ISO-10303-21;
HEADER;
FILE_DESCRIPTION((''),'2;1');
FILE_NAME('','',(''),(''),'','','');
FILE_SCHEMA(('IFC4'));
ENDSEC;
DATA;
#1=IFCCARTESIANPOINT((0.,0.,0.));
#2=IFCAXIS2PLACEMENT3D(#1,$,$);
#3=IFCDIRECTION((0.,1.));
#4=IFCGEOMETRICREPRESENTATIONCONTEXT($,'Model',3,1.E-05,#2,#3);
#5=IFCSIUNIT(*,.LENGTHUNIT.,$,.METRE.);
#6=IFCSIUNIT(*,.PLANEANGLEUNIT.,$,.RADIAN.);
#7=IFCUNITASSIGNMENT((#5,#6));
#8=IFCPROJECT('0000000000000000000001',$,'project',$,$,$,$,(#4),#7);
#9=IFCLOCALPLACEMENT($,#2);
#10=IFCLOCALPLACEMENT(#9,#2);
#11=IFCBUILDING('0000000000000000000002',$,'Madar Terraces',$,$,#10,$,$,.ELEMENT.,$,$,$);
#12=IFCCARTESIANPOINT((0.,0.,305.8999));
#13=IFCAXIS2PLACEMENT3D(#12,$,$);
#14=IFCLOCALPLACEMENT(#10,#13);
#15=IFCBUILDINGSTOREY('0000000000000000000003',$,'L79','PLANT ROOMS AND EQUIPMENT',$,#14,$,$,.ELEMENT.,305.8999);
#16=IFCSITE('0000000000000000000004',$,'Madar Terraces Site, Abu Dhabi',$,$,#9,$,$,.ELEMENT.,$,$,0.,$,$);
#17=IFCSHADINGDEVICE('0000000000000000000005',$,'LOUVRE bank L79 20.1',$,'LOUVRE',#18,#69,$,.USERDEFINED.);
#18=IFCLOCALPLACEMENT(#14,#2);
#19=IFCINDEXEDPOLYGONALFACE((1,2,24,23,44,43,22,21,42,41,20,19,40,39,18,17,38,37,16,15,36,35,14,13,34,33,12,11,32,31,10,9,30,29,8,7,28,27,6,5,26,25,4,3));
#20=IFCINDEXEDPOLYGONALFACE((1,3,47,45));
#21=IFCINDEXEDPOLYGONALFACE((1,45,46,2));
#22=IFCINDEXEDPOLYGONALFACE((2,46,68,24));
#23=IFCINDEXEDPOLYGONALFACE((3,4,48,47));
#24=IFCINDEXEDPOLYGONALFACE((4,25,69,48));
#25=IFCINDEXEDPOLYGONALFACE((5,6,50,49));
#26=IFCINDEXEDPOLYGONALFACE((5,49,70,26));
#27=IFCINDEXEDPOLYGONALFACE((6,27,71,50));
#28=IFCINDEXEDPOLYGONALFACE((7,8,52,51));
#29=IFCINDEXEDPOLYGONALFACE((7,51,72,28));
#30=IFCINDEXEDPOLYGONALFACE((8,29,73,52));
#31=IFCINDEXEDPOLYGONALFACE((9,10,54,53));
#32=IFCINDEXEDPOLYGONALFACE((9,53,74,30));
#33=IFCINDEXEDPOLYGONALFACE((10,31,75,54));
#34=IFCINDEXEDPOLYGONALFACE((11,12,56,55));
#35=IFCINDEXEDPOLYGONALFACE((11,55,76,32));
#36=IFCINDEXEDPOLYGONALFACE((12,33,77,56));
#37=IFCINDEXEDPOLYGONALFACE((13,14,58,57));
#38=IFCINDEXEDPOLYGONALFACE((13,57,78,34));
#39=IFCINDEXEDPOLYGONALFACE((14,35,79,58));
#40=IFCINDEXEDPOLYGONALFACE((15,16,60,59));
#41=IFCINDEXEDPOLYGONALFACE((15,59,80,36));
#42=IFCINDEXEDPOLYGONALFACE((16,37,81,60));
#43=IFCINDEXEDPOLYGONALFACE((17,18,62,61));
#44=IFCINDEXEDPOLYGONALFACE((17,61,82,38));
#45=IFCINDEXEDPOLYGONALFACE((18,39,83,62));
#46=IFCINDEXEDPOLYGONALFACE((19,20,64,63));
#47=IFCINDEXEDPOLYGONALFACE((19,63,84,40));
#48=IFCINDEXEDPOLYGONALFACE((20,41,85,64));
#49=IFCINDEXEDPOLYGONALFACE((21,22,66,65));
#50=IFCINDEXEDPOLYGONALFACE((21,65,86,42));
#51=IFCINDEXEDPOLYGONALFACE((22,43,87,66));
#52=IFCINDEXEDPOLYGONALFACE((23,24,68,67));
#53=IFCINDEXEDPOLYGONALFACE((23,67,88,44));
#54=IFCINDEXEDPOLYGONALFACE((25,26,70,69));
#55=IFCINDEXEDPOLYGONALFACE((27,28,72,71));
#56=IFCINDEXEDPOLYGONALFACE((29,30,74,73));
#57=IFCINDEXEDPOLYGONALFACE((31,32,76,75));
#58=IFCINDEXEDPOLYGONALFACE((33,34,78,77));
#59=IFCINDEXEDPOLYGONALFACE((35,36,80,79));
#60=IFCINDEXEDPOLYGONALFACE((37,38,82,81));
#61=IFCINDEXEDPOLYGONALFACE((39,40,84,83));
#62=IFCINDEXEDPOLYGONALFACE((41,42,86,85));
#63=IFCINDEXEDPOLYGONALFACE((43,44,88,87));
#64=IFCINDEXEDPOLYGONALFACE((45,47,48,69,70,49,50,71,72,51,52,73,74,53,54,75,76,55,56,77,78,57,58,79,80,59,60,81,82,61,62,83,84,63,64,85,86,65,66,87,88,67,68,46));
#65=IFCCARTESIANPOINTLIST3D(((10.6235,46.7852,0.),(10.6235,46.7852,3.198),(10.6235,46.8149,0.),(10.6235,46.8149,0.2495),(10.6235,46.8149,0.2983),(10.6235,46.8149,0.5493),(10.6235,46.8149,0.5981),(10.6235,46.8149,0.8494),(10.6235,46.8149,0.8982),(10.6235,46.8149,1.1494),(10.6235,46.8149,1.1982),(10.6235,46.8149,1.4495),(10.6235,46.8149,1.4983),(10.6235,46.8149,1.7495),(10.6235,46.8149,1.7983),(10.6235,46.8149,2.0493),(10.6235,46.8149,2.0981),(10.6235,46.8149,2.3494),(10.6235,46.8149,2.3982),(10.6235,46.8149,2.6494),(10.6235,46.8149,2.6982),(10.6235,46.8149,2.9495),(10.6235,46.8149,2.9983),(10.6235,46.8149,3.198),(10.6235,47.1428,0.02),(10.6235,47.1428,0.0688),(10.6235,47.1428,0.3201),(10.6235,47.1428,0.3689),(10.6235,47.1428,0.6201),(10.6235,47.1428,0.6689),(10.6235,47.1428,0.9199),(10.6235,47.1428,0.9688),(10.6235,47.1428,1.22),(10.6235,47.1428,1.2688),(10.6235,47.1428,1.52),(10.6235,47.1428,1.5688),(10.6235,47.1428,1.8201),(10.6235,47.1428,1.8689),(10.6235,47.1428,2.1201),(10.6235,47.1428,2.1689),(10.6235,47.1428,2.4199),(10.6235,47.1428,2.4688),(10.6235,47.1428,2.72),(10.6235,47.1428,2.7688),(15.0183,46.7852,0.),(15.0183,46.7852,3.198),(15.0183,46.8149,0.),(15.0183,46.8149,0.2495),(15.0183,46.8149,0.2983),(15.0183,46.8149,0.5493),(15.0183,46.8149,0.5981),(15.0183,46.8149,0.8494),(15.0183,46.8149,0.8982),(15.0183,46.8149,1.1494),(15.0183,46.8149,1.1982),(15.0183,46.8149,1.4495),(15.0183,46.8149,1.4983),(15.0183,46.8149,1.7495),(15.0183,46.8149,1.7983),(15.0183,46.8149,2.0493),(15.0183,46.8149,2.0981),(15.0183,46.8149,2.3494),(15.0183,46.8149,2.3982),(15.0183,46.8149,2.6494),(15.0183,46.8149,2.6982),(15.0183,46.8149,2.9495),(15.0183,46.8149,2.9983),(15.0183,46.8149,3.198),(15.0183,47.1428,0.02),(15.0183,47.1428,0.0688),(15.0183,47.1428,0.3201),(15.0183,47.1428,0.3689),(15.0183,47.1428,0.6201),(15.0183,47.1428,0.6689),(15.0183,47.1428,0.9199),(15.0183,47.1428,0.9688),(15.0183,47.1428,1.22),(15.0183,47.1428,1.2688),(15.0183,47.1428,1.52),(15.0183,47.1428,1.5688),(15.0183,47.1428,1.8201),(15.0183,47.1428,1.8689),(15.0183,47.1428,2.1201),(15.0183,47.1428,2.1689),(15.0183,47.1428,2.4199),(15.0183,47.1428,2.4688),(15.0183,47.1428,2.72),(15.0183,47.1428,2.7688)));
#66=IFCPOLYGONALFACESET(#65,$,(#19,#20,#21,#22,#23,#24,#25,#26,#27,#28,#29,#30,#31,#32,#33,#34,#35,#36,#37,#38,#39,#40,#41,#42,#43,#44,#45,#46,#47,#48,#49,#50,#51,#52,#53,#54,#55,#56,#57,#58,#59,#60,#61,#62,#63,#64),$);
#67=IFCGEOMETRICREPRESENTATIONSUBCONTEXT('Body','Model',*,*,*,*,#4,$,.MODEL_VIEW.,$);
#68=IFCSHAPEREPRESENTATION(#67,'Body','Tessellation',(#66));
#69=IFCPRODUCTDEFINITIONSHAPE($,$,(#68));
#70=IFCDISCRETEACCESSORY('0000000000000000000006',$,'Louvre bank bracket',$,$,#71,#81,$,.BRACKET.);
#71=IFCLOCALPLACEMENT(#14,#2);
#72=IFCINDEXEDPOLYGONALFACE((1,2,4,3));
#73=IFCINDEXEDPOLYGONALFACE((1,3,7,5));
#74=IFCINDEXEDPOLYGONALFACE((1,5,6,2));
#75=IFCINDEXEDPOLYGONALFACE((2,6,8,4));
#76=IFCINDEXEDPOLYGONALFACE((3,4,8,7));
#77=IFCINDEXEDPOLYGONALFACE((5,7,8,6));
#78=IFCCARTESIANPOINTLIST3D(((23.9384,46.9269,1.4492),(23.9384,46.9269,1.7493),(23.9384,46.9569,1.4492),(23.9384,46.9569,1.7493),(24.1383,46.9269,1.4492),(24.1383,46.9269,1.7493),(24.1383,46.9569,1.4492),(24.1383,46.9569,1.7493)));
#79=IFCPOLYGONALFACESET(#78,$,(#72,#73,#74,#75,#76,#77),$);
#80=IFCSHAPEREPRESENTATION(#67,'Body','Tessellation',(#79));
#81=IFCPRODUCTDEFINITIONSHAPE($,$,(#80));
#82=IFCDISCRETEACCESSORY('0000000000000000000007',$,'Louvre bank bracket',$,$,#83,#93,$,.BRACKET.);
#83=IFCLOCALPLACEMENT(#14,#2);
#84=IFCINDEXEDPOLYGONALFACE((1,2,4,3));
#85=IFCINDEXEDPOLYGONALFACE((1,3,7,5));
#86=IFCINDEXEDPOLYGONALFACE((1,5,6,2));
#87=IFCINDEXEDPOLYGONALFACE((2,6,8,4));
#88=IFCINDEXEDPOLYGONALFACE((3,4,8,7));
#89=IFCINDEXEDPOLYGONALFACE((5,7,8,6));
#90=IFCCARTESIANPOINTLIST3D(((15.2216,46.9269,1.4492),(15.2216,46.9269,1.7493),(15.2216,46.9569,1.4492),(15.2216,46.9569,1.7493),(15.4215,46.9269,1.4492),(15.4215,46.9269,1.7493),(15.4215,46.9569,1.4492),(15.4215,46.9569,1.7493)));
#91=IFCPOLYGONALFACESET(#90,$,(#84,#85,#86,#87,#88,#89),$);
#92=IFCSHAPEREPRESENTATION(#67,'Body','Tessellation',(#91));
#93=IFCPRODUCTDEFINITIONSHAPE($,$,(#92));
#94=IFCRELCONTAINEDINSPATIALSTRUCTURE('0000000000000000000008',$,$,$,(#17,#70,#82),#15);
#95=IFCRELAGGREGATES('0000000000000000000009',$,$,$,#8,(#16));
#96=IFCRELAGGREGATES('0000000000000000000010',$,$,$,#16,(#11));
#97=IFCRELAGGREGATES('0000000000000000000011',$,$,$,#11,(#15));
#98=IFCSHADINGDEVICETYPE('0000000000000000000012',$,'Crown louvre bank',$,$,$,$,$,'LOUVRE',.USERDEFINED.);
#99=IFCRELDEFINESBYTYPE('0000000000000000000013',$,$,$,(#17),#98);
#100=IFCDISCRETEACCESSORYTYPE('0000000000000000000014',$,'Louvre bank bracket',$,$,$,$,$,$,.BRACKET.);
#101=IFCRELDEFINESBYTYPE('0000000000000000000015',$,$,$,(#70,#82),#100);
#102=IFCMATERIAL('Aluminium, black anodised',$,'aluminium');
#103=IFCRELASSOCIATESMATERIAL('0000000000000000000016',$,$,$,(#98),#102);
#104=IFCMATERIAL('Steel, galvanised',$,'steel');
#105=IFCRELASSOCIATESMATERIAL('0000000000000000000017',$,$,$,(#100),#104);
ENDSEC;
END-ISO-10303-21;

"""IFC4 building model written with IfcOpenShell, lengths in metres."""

from ifc_helpers import new_model, si_unit, direction, frame, origin, origin_2d, place, context, subcontext, project, spatial, polyline, rectangle, outline, extrude, material, type_object, element, save


model = new_model("IFC4")

# Units and contexts
model_context = context("Model", 3, precision=1e-05, world=origin(), true_north=direction((0.0, 1.0)))
body_context = subcontext(model_context, "Body", "Model", "MODEL_VIEW")
ifc_project = project(units=[si_unit("LENGTHUNIT", "METRE"), si_unit("PLANEANGLEUNIT", "RADIAN")], contexts=[model_context])

# Site, building, storey
site_placement = place(None, origin())
site = spatial("IfcSite", under=ifc_project, at=site_placement, Name="Madar Terraces Site, Abu Dhabi", CompositionType="ELEMENT", RefElevation=0.0)
building_placement = place(site_placement, origin())
building = spatial("IfcBuilding", under=site, at=building_placement, Name="Madar Terraces", CompositionType="ELEMENT")
storey_placement = place(building_placement, frame((0.0, 0.0, 305.8999)))
storey = spatial("IfcBuildingStorey", under=building, at=storey_placement, Name="L79", Description="PLANT ROOMS AND EQUIPMENT", CompositionType="ELEMENT", Elevation=305.8999)

# Shading device
ifc_material_1 = material(Name="Aluminium, black anodised", Category="aluminium")
shading_device_type = type_object("IfcShadingDeviceType", Name="Crown louvre bank", ElementType="LOUVRE", PredefinedType="USERDEFINED", material=ifc_material_1)
shading_device_1_placement = place(storey_placement, frame((15.0183, 46.8, 0.0), z_axis=(-1.0, 0.0, 0.0), x_axis=(0.0, -1.0, 0.0)))
element("IfcShadingDevice", 1, at=shading_device_1_placement, inside=storey, type_object=shading_device_type, Name="LOUVRE bank L79 20.1", ObjectType="LOUVRE", PredefinedType="USERDEFINED", context=body_context, shape_type="SweptSolid", body=[
    extrude(outline(polyline([(0.0149, 0.0), (-0.0149, 0.0), (-0.0149, 0.2495), (-0.3428, 0.02), (-0.3428, 0.0688), (-0.0149, 0.2983), (-0.0149, 0.5493), (-0.3428, 0.3201), (-0.3428, 0.3689), (-0.0149, 0.5981), (-0.0149, 0.8494), (-0.3428, 0.6201), (-0.3428, 0.6689), (-0.0149, 0.8982), (-0.0149, 1.1494), (-0.3428, 0.9199), (-0.3428, 0.9688), (-0.0149, 1.1982), (-0.0149, 1.4495), (-0.3428, 1.22), (-0.3428, 1.2688), (-0.0149, 1.4983), (-0.0149, 1.7495), (-0.3428, 1.52), (-0.3428, 1.5688), (-0.0149, 1.7983), (-0.0149, 2.0493), (-0.3428, 1.8201), (-0.3428, 1.8689), (-0.0149, 2.0981), (-0.0149, 2.3494), (-0.3428, 2.1201), (-0.3428, 2.1689), (-0.0149, 2.3982), (-0.0149, 2.6494), (-0.3428, 2.4199), (-0.3428, 2.4688), (-0.0149, 2.6982), (-0.0149, 2.9495), (-0.3428, 2.72), (-0.3428, 2.7688), (-0.0149, 2.9983), (-0.0149, 3.198), (0.0149, 3.198), (0.0149, 0.0)])), origin(), (0.0, 0.0, 1.0), 4.3948),
])

# Discrete accessories
ifc_material_2 = material(Name="Steel, galvanised", Category="steel")
discrete_accessory_type = type_object("IfcDiscreteAccessoryType", Name="Louvre bank bracket", PredefinedType="BRACKET", material=ifc_material_2)
for number, where, z_axis, x_axis, name in (
    (2, (24.0383, 46.9419, 1.4492), (0.0, 0.0, 1.0), (-1.0, 0.0, 0.0), "Louvre bank bracket"),
    (3, (15.3215, 46.9419, 1.4492), (0.0, 0.0, 1.0), (-1.0, 0.0, 0.0), "Louvre bank bracket"),
):
    element("IfcDiscreteAccessory", number, at=place(storey_placement, frame(where, z_axis=z_axis, x_axis=x_axis)), inside=storey, type_object=discrete_accessory_type, Name=name, PredefinedType="BRACKET", context=body_context, shape_type="SweptSolid", body=[
        extrude(rectangle(XDim=0.2, YDim=0.03, at=origin_2d()), origin(), (0.0, 0.0, 1.0), 0.3),
    ])

save(model, "model.ifc")
